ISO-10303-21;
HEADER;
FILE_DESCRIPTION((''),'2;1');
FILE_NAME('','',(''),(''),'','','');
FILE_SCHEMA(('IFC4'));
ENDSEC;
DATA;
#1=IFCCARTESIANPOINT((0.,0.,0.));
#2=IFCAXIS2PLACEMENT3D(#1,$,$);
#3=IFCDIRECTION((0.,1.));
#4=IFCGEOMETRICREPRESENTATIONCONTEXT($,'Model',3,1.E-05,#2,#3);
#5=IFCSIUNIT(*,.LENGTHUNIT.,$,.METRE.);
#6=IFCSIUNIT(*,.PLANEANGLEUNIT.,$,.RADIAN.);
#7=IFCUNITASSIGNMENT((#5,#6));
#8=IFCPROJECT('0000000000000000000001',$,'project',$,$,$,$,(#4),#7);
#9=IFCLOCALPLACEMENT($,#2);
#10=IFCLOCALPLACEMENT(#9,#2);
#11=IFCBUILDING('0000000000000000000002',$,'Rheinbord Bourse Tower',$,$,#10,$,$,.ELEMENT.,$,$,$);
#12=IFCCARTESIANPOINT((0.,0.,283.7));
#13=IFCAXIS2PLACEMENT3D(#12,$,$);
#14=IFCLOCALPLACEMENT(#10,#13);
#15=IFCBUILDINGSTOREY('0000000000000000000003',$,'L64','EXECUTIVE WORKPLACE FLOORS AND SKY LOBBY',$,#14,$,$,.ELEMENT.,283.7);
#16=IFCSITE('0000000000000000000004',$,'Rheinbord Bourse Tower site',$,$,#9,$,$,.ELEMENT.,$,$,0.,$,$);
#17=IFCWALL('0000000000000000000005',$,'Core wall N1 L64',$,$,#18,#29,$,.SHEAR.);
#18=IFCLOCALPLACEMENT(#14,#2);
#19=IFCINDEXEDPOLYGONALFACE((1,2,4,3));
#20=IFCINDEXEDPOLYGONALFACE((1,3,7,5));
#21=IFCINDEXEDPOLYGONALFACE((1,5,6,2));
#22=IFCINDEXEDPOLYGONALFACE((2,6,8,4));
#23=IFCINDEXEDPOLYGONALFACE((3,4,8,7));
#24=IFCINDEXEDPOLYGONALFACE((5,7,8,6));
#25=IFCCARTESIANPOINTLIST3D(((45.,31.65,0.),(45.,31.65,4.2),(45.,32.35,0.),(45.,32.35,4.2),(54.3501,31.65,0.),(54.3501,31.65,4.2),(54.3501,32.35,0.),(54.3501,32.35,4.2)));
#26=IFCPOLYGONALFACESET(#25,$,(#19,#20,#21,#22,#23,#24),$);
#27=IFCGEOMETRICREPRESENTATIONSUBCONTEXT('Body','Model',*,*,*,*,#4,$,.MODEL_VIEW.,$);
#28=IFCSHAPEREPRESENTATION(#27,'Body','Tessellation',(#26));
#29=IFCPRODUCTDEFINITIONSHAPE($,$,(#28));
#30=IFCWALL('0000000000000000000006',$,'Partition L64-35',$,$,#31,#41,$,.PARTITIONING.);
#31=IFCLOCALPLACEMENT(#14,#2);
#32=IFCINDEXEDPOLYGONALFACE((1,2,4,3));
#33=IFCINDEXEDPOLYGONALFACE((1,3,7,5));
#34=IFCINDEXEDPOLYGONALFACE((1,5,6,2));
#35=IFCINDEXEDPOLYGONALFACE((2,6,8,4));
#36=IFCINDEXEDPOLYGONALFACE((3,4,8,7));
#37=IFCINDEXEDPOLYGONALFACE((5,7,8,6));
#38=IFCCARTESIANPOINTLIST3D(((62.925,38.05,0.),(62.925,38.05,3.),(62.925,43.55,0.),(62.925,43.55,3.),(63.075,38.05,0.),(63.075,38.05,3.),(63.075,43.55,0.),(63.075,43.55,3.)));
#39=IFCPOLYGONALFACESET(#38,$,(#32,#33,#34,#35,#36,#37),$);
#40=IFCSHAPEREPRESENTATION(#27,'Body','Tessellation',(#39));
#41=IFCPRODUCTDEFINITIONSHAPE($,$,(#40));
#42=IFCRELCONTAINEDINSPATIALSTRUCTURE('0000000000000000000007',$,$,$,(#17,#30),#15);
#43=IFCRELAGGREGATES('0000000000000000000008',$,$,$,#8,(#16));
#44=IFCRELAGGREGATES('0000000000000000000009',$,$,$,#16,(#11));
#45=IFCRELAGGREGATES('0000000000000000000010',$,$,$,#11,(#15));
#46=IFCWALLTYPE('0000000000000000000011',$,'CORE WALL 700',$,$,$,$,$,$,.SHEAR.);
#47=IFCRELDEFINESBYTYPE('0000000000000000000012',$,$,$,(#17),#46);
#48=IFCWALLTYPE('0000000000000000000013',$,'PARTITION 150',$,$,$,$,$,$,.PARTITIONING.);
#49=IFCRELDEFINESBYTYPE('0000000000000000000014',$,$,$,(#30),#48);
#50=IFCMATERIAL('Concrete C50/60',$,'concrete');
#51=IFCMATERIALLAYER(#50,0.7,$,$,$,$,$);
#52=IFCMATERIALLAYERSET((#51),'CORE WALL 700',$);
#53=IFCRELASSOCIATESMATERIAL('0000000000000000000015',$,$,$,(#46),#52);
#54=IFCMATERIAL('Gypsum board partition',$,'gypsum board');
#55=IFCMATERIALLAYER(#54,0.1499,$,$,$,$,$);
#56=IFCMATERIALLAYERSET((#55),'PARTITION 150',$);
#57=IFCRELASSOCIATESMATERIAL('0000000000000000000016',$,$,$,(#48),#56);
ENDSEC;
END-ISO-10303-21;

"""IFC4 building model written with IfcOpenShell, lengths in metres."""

from ifc_helpers import new_model, si_unit, direction, frame, frame_2d, origin, place, context, subcontext, project, spatial, rectangle, extrude, material, layer, layer_set, type_object, element, save


model = new_model("IFC4")

# Units and contexts
model_context = context("Model", 3, precision=1e-05, world=origin(), true_north=direction((0.0, 1.0)))
body_context = subcontext(model_context, "Body", "Model", "MODEL_VIEW")
ifc_project = project(units=[si_unit("LENGTHUNIT", "METRE"), si_unit("PLANEANGLEUNIT", "RADIAN")], contexts=[model_context])

# Site, building, storey
site_placement = place(None, origin())
site = spatial("IfcSite", under=ifc_project, at=site_placement, Name="Rheinbord Bourse Tower site", CompositionType="ELEMENT", RefElevation=0.0)
building_placement = place(site_placement, origin())
building = spatial("IfcBuilding", under=site, at=building_placement, Name="Rheinbord Bourse Tower", CompositionType="ELEMENT")
storey_placement = place(building_placement, frame((0.0, 0.0, 283.7)))
storey = spatial("IfcBuildingStorey", under=building, at=storey_placement, Name="L64", Description="EXECUTIVE WORKPLACE FLOORS AND SKY LOBBY", CompositionType="ELEMENT", Elevation=283.7)

# Walls
ifc_material_1 = material(Name="Concrete C50/60", Category="concrete")
ifc_layer_1 = layer(ifc_material_1, 0.7)
ifc_layer_set_1 = layer_set([ifc_layer_1], Name="CORE WALL 700")
wall_type_1 = type_object("IfcWallType", Name="CORE WALL 700", PredefinedType="SHEAR", material=ifc_layer_set_1)
wall_1_placement = place(storey_placement, frame((54.3501, 32.0, 0.0), z_axis=(0.0, 0.0, 1.0), x_axis=(-1.0, 0.0, 0.0)))
element("IfcWall", 1, at=wall_1_placement, inside=storey, type_object=wall_type_1, Name="Core wall N1 L64", PredefinedType="SHEAR", context=body_context, shape_type="SweptSolid", body=[
    extrude(rectangle(XDim=9.3501, YDim=0.7, at=frame_2d((4.675, 0.0))), origin(), (0.0, 0.0, 1.0), 4.2),
])
ifc_material_2 = material(Name="Gypsum board partition", Category="gypsum board")
ifc_layer_2 = layer(ifc_material_2, 0.1499)
ifc_layer_set_2 = layer_set([ifc_layer_2], Name="PARTITION 150")
wall_type_2 = type_object("IfcWallType", Name="PARTITION 150", PredefinedType="PARTITIONING", material=ifc_layer_set_2)
wall_2_placement = place(storey_placement, frame((63.0, 38.05, 0.0), z_axis=(0.0, 0.0, 1.0), x_axis=(0.0, 1.0, 0.0)))
element("IfcWall", 2, at=wall_2_placement, inside=storey, type_object=wall_type_2, Name="Partition L64-35", PredefinedType="PARTITIONING", context=body_context, shape_type="SweptSolid", body=[
    extrude(rectangle(XDim=5.5, YDim=0.1499, at=frame_2d((2.75, 0.0))), origin(), (0.0, 0.0, 1.0), 3.0),
])

save(model, "model.ifc")
